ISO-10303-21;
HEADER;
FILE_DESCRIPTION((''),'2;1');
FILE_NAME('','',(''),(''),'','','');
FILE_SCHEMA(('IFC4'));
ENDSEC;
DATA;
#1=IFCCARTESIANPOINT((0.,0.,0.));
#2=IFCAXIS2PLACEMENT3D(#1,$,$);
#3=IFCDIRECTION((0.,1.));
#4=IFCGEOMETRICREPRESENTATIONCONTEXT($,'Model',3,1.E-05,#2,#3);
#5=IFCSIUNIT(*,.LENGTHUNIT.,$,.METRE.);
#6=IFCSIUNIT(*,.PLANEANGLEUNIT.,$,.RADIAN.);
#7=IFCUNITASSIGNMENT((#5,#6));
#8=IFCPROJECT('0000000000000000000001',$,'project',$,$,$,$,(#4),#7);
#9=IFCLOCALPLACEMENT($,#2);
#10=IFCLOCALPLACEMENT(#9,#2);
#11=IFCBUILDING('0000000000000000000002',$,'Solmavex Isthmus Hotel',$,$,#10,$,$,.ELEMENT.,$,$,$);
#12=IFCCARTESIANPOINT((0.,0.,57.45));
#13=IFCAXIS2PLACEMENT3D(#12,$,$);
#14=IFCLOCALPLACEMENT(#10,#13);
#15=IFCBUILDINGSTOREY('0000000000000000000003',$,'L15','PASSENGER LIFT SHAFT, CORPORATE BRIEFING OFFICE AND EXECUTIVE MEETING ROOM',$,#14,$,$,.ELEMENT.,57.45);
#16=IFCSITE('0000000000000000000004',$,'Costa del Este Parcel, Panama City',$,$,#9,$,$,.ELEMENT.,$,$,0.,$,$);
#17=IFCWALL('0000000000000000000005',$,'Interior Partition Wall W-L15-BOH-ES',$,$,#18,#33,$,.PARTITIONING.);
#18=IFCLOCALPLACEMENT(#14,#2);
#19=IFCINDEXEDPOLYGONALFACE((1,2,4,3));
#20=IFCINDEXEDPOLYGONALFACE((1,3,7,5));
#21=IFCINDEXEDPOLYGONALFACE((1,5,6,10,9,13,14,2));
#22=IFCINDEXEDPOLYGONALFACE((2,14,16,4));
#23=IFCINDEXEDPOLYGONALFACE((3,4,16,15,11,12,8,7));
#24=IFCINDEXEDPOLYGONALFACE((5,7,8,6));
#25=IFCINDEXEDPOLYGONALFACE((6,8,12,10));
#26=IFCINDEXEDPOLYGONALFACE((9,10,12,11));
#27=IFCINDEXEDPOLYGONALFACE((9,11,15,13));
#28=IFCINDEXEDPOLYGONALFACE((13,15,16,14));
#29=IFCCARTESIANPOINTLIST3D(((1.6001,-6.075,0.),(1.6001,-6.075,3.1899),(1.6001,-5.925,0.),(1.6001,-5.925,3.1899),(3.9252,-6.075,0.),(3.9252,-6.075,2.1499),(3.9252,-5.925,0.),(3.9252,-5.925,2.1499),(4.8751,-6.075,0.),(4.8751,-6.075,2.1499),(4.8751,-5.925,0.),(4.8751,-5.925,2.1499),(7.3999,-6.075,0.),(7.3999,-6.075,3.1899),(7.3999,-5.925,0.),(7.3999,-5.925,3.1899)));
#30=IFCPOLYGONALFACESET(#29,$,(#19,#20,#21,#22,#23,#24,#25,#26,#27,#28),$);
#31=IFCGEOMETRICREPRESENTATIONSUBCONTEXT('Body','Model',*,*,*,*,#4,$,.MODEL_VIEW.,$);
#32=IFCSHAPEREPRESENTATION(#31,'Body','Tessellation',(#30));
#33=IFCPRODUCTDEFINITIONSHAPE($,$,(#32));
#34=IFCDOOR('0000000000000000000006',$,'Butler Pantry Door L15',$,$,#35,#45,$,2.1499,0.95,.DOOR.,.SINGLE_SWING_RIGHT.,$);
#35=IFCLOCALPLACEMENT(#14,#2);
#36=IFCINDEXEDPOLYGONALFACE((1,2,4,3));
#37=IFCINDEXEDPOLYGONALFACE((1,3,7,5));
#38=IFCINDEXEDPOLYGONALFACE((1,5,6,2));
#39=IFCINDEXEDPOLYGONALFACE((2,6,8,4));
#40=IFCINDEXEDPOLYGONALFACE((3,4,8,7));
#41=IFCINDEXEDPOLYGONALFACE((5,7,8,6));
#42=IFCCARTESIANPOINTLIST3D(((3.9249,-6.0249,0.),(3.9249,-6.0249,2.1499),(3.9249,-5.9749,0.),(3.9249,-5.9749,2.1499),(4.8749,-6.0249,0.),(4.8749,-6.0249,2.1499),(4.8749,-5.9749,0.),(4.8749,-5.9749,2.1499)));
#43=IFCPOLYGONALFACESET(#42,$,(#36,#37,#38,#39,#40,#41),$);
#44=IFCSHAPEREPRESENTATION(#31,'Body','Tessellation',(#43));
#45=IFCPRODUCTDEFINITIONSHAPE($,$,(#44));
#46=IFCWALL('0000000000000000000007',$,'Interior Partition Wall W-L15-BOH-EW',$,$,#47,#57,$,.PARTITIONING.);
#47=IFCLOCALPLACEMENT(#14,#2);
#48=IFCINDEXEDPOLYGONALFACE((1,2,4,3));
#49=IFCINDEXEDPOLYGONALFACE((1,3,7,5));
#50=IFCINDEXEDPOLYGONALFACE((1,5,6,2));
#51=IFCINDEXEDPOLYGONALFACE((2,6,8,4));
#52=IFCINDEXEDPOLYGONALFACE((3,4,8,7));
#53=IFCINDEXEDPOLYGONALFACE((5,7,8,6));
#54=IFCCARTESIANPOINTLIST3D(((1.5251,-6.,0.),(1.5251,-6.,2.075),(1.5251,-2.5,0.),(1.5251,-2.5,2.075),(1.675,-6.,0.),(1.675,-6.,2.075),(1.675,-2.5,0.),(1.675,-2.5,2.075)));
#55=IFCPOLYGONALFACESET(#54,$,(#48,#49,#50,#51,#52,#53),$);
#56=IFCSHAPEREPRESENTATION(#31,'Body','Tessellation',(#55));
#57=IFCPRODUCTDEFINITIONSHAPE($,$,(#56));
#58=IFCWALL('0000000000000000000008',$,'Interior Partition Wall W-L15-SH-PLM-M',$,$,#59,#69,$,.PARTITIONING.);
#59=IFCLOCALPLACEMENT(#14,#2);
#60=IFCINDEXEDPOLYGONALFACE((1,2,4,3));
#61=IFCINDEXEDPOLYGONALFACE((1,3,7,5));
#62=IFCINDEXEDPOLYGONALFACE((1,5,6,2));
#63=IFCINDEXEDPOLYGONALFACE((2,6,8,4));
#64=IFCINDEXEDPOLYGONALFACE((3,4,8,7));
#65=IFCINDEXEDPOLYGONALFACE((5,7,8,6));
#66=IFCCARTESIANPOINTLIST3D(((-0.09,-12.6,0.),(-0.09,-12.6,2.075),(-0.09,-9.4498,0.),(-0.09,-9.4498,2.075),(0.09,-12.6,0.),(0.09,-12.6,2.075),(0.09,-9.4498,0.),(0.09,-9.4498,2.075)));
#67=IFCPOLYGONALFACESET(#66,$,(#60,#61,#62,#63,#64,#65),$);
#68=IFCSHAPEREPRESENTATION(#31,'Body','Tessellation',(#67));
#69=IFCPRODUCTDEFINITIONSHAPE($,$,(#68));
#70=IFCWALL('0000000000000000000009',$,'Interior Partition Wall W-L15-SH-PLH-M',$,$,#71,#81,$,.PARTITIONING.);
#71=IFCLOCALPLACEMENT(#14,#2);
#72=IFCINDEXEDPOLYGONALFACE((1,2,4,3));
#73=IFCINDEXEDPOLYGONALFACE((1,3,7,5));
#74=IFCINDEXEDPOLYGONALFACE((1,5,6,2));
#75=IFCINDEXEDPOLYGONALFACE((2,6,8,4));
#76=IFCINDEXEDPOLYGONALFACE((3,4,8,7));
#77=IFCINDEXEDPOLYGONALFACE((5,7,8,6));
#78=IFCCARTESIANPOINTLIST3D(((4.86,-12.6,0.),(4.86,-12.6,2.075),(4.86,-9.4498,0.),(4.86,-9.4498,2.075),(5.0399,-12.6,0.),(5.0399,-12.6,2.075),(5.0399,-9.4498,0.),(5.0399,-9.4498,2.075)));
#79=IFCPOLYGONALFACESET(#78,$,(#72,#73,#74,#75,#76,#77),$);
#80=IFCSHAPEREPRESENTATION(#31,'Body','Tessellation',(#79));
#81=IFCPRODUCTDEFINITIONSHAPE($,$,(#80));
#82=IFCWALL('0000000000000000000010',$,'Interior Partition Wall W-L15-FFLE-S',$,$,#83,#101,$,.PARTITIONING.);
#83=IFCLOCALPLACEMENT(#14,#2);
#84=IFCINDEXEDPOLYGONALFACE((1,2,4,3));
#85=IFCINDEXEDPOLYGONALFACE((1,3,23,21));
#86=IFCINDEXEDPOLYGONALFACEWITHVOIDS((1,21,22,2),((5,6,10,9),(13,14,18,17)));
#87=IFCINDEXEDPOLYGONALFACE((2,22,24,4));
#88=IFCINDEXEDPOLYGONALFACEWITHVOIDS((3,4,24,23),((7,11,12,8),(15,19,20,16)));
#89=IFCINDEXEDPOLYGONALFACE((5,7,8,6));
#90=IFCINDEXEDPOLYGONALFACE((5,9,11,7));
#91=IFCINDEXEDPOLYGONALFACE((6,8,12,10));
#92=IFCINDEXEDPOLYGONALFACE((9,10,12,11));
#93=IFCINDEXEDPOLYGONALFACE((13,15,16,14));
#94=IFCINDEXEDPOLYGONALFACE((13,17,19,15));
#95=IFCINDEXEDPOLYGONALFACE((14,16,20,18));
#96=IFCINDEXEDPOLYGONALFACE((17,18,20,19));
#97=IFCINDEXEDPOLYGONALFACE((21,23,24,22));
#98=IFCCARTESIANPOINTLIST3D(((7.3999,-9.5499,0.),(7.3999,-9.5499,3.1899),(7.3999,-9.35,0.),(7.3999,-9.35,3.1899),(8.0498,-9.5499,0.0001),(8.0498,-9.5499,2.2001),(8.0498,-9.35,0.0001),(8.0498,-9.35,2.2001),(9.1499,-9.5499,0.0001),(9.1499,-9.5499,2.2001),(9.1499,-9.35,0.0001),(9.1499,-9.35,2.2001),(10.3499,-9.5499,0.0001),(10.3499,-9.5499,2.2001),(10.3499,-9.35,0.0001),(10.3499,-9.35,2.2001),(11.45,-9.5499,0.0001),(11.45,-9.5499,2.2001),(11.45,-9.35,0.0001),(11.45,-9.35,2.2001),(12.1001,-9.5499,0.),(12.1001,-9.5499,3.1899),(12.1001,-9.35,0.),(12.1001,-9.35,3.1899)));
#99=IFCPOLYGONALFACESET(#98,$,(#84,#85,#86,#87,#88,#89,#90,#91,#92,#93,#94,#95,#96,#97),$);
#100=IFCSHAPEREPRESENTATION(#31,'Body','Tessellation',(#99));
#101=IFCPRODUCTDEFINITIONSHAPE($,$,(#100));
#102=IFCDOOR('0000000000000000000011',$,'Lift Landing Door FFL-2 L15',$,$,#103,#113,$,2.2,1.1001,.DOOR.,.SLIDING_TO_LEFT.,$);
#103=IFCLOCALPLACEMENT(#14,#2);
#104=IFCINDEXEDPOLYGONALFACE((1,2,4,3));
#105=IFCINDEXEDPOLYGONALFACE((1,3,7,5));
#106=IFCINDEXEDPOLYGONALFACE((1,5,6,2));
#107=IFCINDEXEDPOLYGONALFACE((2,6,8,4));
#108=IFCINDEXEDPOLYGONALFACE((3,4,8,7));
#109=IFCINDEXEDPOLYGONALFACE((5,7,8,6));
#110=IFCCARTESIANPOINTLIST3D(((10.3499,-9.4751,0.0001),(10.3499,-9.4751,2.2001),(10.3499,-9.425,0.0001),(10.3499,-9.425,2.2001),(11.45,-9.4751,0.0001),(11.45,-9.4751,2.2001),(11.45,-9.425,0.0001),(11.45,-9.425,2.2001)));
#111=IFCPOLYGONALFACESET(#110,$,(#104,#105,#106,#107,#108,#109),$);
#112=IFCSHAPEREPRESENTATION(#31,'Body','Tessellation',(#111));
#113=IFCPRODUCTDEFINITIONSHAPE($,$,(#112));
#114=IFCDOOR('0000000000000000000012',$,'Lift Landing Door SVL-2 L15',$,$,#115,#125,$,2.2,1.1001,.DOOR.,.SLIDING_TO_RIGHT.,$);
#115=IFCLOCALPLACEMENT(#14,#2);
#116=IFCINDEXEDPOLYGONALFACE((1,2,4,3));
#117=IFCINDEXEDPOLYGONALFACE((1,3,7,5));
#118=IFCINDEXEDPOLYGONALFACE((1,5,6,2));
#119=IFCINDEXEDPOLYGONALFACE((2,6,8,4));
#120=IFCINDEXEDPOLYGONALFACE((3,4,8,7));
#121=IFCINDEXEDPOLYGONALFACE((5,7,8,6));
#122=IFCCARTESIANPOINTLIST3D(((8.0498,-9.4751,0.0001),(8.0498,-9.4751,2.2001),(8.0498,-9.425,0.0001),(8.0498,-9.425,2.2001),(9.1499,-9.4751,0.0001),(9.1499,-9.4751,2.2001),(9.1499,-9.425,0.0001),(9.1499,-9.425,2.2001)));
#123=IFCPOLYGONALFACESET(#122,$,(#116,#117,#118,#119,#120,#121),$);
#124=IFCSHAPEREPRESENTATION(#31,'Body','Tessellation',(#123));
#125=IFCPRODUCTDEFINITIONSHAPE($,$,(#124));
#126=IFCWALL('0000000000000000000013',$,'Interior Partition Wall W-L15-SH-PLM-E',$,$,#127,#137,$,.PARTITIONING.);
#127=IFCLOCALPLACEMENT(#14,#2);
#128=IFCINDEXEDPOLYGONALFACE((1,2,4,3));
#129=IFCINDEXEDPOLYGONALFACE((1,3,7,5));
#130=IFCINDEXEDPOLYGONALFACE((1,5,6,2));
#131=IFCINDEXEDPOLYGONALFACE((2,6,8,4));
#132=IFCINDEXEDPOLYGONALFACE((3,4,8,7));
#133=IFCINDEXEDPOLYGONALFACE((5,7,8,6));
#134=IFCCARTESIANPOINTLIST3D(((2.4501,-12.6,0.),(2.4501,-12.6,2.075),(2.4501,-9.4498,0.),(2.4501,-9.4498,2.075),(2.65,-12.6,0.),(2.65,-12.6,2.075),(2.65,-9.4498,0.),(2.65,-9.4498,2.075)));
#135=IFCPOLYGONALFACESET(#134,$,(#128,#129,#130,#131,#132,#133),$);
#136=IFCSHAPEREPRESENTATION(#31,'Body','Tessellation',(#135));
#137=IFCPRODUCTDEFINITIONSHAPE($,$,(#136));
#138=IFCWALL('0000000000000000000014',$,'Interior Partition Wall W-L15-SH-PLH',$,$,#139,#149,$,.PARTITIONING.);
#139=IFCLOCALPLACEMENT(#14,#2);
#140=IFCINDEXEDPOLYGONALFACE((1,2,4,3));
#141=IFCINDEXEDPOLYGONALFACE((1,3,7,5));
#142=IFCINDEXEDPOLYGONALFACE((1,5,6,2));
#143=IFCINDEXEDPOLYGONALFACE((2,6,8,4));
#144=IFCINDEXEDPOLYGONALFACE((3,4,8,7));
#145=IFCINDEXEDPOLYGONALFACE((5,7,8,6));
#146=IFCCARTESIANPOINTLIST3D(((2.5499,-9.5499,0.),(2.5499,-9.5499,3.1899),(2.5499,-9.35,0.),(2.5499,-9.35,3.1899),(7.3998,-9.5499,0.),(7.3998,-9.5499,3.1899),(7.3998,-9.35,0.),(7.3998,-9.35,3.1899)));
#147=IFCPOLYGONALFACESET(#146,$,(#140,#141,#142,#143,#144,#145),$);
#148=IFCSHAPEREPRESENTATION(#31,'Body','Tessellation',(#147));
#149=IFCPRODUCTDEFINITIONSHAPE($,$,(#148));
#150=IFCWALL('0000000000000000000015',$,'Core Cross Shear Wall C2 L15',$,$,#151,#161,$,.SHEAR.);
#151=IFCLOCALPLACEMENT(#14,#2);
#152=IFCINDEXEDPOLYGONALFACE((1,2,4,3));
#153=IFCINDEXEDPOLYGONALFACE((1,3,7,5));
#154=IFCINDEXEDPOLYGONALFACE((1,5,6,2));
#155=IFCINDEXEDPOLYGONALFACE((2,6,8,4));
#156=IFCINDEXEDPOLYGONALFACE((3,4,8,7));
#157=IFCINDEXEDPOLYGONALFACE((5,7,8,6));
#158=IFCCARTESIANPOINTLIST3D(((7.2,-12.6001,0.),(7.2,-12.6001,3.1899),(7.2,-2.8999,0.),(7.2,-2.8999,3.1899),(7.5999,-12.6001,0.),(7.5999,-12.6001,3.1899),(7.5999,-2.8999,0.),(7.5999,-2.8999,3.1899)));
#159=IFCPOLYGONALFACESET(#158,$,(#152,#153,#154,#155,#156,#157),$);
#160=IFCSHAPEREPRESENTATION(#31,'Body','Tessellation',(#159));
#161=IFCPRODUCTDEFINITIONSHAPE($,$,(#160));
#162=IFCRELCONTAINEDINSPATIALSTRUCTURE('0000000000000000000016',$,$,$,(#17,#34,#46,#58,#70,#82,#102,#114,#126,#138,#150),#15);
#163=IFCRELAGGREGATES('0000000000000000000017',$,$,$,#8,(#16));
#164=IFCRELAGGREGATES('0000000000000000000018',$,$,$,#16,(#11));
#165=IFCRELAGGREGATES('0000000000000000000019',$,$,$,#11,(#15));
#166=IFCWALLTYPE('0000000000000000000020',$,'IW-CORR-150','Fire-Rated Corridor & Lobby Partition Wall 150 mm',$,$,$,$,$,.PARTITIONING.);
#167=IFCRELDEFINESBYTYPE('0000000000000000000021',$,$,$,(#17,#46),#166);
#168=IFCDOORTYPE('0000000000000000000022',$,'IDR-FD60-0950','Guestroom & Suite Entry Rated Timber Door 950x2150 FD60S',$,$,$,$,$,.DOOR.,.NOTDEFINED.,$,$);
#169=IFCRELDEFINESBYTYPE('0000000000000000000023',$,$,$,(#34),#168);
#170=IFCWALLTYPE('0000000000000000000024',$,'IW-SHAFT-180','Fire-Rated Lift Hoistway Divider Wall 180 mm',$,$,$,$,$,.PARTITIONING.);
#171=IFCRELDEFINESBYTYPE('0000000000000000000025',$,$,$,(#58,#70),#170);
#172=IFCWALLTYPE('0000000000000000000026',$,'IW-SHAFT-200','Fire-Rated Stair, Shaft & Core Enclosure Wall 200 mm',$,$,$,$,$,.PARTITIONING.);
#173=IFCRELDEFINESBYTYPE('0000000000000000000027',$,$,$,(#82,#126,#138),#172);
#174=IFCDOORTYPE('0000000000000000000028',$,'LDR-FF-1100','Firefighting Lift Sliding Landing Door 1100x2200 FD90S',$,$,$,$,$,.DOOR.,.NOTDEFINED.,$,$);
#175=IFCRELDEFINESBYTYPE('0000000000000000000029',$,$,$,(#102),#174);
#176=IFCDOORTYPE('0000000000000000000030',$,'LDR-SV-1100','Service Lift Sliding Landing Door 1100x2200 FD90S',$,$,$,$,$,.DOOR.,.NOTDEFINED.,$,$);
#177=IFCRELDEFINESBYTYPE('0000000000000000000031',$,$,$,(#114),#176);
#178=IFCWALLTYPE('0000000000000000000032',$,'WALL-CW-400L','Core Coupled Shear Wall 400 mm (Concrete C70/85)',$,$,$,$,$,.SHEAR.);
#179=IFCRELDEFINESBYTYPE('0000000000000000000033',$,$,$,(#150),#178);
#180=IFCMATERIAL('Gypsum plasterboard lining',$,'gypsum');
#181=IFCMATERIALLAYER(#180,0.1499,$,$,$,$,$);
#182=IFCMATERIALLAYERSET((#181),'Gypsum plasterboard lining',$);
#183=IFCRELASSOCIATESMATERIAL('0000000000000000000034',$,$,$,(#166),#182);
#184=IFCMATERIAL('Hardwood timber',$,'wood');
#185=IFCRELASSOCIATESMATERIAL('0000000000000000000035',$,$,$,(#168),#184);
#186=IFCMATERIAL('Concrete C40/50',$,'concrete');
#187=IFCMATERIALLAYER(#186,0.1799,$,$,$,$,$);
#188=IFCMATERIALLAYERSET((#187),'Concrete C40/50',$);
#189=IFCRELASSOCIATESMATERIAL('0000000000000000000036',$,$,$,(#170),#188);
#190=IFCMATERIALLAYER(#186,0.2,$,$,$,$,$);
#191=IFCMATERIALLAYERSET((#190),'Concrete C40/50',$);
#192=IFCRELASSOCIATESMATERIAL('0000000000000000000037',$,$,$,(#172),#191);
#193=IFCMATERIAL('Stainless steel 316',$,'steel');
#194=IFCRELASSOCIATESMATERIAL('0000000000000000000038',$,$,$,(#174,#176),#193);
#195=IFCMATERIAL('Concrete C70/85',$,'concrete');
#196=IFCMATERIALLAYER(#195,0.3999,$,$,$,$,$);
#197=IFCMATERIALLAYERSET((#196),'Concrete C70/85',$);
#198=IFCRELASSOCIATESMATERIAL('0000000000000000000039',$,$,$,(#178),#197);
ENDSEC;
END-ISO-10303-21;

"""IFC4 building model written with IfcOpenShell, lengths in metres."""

from ifc_helpers import new_model, si_unit, direction, frame, frame_2d, origin, place, context, subcontext, project, spatial, rectangle, extrude, material, layer, layer_set, type_object, element, fill, save


model = new_model("IFC4")

# Units and contexts
model_context = context("Model", 3, precision=1e-05, world=origin(), true_north=direction((0.0, 1.0)))
body_context = subcontext(model_context, "Body", "Model", "MODEL_VIEW")
ifc_project = project(units=[si_unit("LENGTHUNIT", "METRE"), si_unit("PLANEANGLEUNIT", "RADIAN")], contexts=[model_context])

# Site, building, storey
site_placement = place(None, origin())
site = spatial("IfcSite", under=ifc_project, at=site_placement, Name="Costa del Este Parcel, Panama City", CompositionType="ELEMENT", RefElevation=0.0)
building_placement = place(site_placement, origin())
building = spatial("IfcBuilding", under=site, at=building_placement, Name="Solmavex Isthmus Hotel", CompositionType="ELEMENT")
storey_placement = place(building_placement, frame((0.0, 0.0, 57.45)))
storey = spatial("IfcBuildingStorey", under=building, at=storey_placement, Name="L15", Description="PASSENGER LIFT SHAFT, CORPORATE BRIEFING OFFICE AND EXECUTIVE MEETING ROOM", CompositionType="ELEMENT", Elevation=57.45)

# Shared definitions
ifc_material_1 = material(Name="Concrete C70/85", Category="concrete")

# Shared definitions
ifc_material_2 = material(Name="Concrete C40/50", Category="concrete")

# Shared definitions
ifc_material_3 = material(Name="Gypsum plasterboard lining", Category="gypsum")

# Wall, opening, door
ifc_layer_1 = layer(ifc_material_3, 0.1499)
ifc_layer_set_1 = layer_set([ifc_layer_1], Name="Gypsum plasterboard lining")
wall_type_1 = type_object("IfcWallType", Name="IW-CORR-150", Description="Fire-Rated Corridor & Lobby Partition Wall 150 mm", PredefinedType="PARTITIONING", material=ifc_layer_set_1)
wall_1_placement = place(storey_placement, frame((1.6001, -6.0, 0.0), z_axis=(0.0, 0.0, 1.0), x_axis=(1.0, 0.0, 0.0)))
wall_1 = element("IfcWall", 1, at=wall_1_placement, inside=storey, type_object=wall_type_1, Name="Interior Partition Wall W-L15-BOH-ES", PredefinedType="PARTITIONING", context=body_context, shape_type="SweptSolid", body=[
    extrude(rectangle(XDim=5.7998, YDim=0.1499, at=frame_2d((2.8999, 0.0))), origin(), (0.0, 0.0, 1.0), 3.1899),
])
opening_1_placement = place(wall_1_placement, frame((2.325, 0.0, 0.0)))
opening_1 = element("IfcOpeningElement", 2, at=opening_1_placement, cuts=wall_1, PredefinedType="OPENING", context=body_context, shape_type="SweptSolid", body=[
    extrude(rectangle(XDim=0.95, YDim=2.1499, at=frame_2d((0.4751, 1.075))), frame((0.0, 0.085, 0.0), z_axis=(0.0, -1.0, 0.0), x_axis=(1.0, 0.0, 0.0)), (0.0, 0.0, 1.0), 0.1699),
])
ifc_material_4 = material(Name="Hardwood timber", Category="wood")
door_type_1 = type_object("IfcDoorType", Name="IDR-FD60-0950", Description="Guestroom & Suite Entry Rated Timber Door 950x2150 FD60S", OperationType="NOTDEFINED", PredefinedType="DOOR", material=ifc_material_4)
door_1_placement = place(opening_1_placement, frame((0.95, 0.0, 0.0), z_axis=(0.0, 0.0, 1.0), x_axis=(-1.0, 0.0, 0.0)))
door_1 = element("IfcDoor", 3, at=door_1_placement, inside=storey, type_object=door_type_1, Name="Butler Pantry Door L15", OperationType="SINGLE_SWING_RIGHT", OverallHeight=2.1499, OverallWidth=0.95, PredefinedType="DOOR", context=body_context, shape_type="SweptSolid", body=[
    extrude(rectangle(XDim=0.95, YDim=2.1499, at=frame_2d((0.4751, 1.075))), frame((0.0, 0.0249, 0.0), z_axis=(0.0, -1.0, 0.0), x_axis=(1.0, 0.0, 0.0)), (0.0, 0.0, 1.0), 0.05),
])
fill(opening_1, door_1)

# Walls
wall_2_placement = place(storey_placement, frame((1.6001, -6.0, 0.0), z_axis=(0.0, 0.0, 1.0), x_axis=(0.0, 1.0, 0.0)))
element("IfcWall", 4, at=wall_2_placement, inside=storey, type_object=wall_type_1, Name="Interior Partition Wall W-L15-BOH-EW", PredefinedType="PARTITIONING", context=body_context, shape_type="SweptSolid", body=[
    extrude(rectangle(XDim=3.5, YDim=0.1499, at=frame_2d((1.75, 0.0))), origin(), (0.0, 0.0, 1.0), 2.075),
])
ifc_layer_2 = layer(ifc_material_2, 0.1799)
ifc_layer_set_2 = layer_set([ifc_layer_2], Name="Concrete C40/50")
wall_type_2 = type_object("IfcWallType", Name="IW-SHAFT-180", Description="Fire-Rated Lift Hoistway Divider Wall 180 mm", PredefinedType="PARTITIONING", material=ifc_layer_set_2)
for number, where, z_axis, x_axis, name in (
    (5, (0.0, -12.6001, 0.0), (0.0, 0.0, 1.0), (0.0, 1.0, 0.0), "Interior Partition Wall W-L15-SH-PLM-M"),
    (6, (4.95, -12.6001, 0.0), (0.0, 0.0, 1.0), (0.0, 1.0, 0.0), "Interior Partition Wall W-L15-SH-PLH-M"),
):
    element("IfcWall", number, at=place(storey_placement, frame(where, z_axis=z_axis, x_axis=x_axis)), inside=storey, type_object=wall_type_2, Name=name, PredefinedType="PARTITIONING", context=body_context, shape_type="SweptSolid", body=[
        extrude(rectangle(XDim=3.1501, YDim=0.1799, at=frame_2d((1.5752, 0.0))), origin(), (0.0, 0.0, 1.0), 2.075),
    ])

# Wall, openings, doors
ifc_layer_3 = layer(ifc_material_2, 0.2)
ifc_layer_set_3 = layer_set([ifc_layer_3], Name="Concrete C40/50")
wall_type_3 = type_object("IfcWallType", Name="IW-SHAFT-200", Description="Fire-Rated Stair, Shaft & Core Enclosure Wall 200 mm", PredefinedType="PARTITIONING", material=ifc_layer_set_3)
wall_3_placement = place(storey_placement, frame((7.3999, -9.45, 0.0), z_axis=(0.0, 0.0, 1.0), x_axis=(1.0, 0.0, 0.0)))
wall_3 = element("IfcWall", 7, at=wall_3_placement, inside=storey, type_object=wall_type_3, Name="Interior Partition Wall W-L15-FFLE-S", PredefinedType="PARTITIONING", context=body_context, shape_type="SweptSolid", body=[
    extrude(rectangle(XDim=4.7002, YDim=0.2, at=frame_2d((2.3501, 0.0))), origin(), (0.0, 0.0, 1.0), 3.1899),
])
opening_2_placement = place(wall_3_placement, frame((2.95, 0.0, 0.0)))
opening_2 = element("IfcOpeningElement", 8, at=opening_2_placement, cuts=wall_3, PredefinedType="OPENING", context=body_context, shape_type="SweptSolid", body=[
    extrude(rectangle(XDim=1.1001, YDim=2.2, at=frame_2d((0.55, 1.1001))), frame((0.0, 0.1099, 0.0), z_axis=(0.0, -1.0, 0.0), x_axis=(1.0, 0.0, 0.0)), (0.0, 0.0, 1.0), 0.22),
])
opening_3_placement = place(wall_3_placement, frame((0.6499, 0.0, 0.0)))
opening_3 = element("IfcOpeningElement", 9, at=opening_3_placement, cuts=wall_3, PredefinedType="OPENING", context=body_context, shape_type="SweptSolid", body=[
    extrude(rectangle(XDim=1.1001, YDim=2.2, at=frame_2d((0.55, 1.1001))), frame((0.0, 0.1099, 0.0), z_axis=(0.0, -1.0, 0.0), x_axis=(1.0, 0.0, 0.0)), (0.0, 0.0, 1.0), 0.22),
])
ifc_material_5 = material(Name="Stainless steel 316", Category="steel")
door_type_2 = type_object("IfcDoorType", Name="LDR-FF-1100", Description="Firefighting Lift Sliding Landing Door 1100x2200 FD90S", OperationType="NOTDEFINED", PredefinedType="DOOR", material=ifc_material_5)
door_2_placement = place(opening_2_placement, origin())
door_2 = element("IfcDoor", 10, at=door_2_placement, inside=storey, type_object=door_type_2, Name="Lift Landing Door FFL-2 L15", OperationType="SLIDING_TO_LEFT", OverallHeight=2.2, OverallWidth=1.1001, PredefinedType="DOOR", context=body_context, shape_type="SweptSolid", body=[
    extrude(rectangle(XDim=1.1001, YDim=2.2, at=frame_2d((0.55, 1.1001))), frame((0.0, 0.0249, 0.0), z_axis=(0.0, -1.0, 0.0), x_axis=(1.0, 0.0, 0.0)), (0.0, 0.0, 1.0), 0.05),
])
fill(opening_2, door_2)
door_type_3 = type_object("IfcDoorType", Name="LDR-SV-1100", Description="Service Lift Sliding Landing Door 1100x2200 FD90S", OperationType="NOTDEFINED", PredefinedType="DOOR", material=ifc_material_5)
door_3_placement = place(opening_3_placement, origin())
door_3 = element("IfcDoor", 11, at=door_3_placement, inside=storey, type_object=door_type_3, Name="Lift Landing Door SVL-2 L15", OperationType="SLIDING_TO_RIGHT", OverallHeight=2.2, OverallWidth=1.1001, PredefinedType="DOOR", context=body_context, shape_type="SweptSolid", body=[
    extrude(rectangle(XDim=1.1001, YDim=2.2, at=frame_2d((0.55, 1.1001))), frame((0.0, 0.0249, 0.0), z_axis=(0.0, -1.0, 0.0), x_axis=(1.0, 0.0, 0.0)), (0.0, 0.0, 1.0), 0.05),
])
fill(opening_3, door_3)

# Walls
wall_4_placement = place(storey_placement, frame((2.55, -12.6001, 0.0), z_axis=(0.0, 0.0, 1.0), x_axis=(0.0, 1.0, 0.0)))
element("IfcWall", 12, at=wall_4_placement, inside=storey, type_object=wall_type_3, Name="Interior Partition Wall W-L15-SH-PLM-E", PredefinedType="PARTITIONING", context=body_context, shape_type="SweptSolid", body=[
    extrude(rectangle(XDim=3.1501, YDim=0.2, at=frame_2d((1.5752, 0.0))), origin(), (0.0, 0.0, 1.0), 2.075),
])
wall_5_placement = place(storey_placement, frame((2.55, -9.45, 0.0), z_axis=(0.0, 0.0, 1.0), x_axis=(1.0, 0.0, 0.0)))
element("IfcWall", 13, at=wall_5_placement, inside=storey, type_object=wall_type_3, Name="Interior Partition Wall W-L15-SH-PLH", PredefinedType="PARTITIONING", context=body_context, shape_type="SweptSolid", body=[
    extrude(rectangle(XDim=4.8499, YDim=0.2, at=frame_2d((2.4248, 0.0))), origin(), (0.0, 0.0, 1.0), 3.1899),
])
ifc_layer_4 = layer(ifc_material_1, 0.3999)
ifc_layer_set_4 = layer_set([ifc_layer_4], Name="Concrete C70/85")
wall_type_4 = type_object("IfcWallType", Name="WALL-CW-400L", Description="Core Coupled Shear Wall 400 mm (Concrete C70/85)", PredefinedType="SHEAR", material=ifc_layer_set_4)
wall_6_placement = place(storey_placement, frame((7.3999, -12.6001, 0.0), z_axis=(0.0, 0.0, 1.0), x_axis=(0.0, 1.0, 0.0)))
element("IfcWall", 14, at=wall_6_placement, inside=storey, type_object=wall_type_4, Name="Core Cross Shear Wall C2 L15", PredefinedType="SHEAR", context=body_context, shape_type="SweptSolid", body=[
    extrude(rectangle(XDim=9.7002, YDim=0.3999, at=frame_2d((4.8501, 0.0))), origin(), (0.0, 0.0, 1.0), 3.1899),
])

save(model, "model.ifc")
